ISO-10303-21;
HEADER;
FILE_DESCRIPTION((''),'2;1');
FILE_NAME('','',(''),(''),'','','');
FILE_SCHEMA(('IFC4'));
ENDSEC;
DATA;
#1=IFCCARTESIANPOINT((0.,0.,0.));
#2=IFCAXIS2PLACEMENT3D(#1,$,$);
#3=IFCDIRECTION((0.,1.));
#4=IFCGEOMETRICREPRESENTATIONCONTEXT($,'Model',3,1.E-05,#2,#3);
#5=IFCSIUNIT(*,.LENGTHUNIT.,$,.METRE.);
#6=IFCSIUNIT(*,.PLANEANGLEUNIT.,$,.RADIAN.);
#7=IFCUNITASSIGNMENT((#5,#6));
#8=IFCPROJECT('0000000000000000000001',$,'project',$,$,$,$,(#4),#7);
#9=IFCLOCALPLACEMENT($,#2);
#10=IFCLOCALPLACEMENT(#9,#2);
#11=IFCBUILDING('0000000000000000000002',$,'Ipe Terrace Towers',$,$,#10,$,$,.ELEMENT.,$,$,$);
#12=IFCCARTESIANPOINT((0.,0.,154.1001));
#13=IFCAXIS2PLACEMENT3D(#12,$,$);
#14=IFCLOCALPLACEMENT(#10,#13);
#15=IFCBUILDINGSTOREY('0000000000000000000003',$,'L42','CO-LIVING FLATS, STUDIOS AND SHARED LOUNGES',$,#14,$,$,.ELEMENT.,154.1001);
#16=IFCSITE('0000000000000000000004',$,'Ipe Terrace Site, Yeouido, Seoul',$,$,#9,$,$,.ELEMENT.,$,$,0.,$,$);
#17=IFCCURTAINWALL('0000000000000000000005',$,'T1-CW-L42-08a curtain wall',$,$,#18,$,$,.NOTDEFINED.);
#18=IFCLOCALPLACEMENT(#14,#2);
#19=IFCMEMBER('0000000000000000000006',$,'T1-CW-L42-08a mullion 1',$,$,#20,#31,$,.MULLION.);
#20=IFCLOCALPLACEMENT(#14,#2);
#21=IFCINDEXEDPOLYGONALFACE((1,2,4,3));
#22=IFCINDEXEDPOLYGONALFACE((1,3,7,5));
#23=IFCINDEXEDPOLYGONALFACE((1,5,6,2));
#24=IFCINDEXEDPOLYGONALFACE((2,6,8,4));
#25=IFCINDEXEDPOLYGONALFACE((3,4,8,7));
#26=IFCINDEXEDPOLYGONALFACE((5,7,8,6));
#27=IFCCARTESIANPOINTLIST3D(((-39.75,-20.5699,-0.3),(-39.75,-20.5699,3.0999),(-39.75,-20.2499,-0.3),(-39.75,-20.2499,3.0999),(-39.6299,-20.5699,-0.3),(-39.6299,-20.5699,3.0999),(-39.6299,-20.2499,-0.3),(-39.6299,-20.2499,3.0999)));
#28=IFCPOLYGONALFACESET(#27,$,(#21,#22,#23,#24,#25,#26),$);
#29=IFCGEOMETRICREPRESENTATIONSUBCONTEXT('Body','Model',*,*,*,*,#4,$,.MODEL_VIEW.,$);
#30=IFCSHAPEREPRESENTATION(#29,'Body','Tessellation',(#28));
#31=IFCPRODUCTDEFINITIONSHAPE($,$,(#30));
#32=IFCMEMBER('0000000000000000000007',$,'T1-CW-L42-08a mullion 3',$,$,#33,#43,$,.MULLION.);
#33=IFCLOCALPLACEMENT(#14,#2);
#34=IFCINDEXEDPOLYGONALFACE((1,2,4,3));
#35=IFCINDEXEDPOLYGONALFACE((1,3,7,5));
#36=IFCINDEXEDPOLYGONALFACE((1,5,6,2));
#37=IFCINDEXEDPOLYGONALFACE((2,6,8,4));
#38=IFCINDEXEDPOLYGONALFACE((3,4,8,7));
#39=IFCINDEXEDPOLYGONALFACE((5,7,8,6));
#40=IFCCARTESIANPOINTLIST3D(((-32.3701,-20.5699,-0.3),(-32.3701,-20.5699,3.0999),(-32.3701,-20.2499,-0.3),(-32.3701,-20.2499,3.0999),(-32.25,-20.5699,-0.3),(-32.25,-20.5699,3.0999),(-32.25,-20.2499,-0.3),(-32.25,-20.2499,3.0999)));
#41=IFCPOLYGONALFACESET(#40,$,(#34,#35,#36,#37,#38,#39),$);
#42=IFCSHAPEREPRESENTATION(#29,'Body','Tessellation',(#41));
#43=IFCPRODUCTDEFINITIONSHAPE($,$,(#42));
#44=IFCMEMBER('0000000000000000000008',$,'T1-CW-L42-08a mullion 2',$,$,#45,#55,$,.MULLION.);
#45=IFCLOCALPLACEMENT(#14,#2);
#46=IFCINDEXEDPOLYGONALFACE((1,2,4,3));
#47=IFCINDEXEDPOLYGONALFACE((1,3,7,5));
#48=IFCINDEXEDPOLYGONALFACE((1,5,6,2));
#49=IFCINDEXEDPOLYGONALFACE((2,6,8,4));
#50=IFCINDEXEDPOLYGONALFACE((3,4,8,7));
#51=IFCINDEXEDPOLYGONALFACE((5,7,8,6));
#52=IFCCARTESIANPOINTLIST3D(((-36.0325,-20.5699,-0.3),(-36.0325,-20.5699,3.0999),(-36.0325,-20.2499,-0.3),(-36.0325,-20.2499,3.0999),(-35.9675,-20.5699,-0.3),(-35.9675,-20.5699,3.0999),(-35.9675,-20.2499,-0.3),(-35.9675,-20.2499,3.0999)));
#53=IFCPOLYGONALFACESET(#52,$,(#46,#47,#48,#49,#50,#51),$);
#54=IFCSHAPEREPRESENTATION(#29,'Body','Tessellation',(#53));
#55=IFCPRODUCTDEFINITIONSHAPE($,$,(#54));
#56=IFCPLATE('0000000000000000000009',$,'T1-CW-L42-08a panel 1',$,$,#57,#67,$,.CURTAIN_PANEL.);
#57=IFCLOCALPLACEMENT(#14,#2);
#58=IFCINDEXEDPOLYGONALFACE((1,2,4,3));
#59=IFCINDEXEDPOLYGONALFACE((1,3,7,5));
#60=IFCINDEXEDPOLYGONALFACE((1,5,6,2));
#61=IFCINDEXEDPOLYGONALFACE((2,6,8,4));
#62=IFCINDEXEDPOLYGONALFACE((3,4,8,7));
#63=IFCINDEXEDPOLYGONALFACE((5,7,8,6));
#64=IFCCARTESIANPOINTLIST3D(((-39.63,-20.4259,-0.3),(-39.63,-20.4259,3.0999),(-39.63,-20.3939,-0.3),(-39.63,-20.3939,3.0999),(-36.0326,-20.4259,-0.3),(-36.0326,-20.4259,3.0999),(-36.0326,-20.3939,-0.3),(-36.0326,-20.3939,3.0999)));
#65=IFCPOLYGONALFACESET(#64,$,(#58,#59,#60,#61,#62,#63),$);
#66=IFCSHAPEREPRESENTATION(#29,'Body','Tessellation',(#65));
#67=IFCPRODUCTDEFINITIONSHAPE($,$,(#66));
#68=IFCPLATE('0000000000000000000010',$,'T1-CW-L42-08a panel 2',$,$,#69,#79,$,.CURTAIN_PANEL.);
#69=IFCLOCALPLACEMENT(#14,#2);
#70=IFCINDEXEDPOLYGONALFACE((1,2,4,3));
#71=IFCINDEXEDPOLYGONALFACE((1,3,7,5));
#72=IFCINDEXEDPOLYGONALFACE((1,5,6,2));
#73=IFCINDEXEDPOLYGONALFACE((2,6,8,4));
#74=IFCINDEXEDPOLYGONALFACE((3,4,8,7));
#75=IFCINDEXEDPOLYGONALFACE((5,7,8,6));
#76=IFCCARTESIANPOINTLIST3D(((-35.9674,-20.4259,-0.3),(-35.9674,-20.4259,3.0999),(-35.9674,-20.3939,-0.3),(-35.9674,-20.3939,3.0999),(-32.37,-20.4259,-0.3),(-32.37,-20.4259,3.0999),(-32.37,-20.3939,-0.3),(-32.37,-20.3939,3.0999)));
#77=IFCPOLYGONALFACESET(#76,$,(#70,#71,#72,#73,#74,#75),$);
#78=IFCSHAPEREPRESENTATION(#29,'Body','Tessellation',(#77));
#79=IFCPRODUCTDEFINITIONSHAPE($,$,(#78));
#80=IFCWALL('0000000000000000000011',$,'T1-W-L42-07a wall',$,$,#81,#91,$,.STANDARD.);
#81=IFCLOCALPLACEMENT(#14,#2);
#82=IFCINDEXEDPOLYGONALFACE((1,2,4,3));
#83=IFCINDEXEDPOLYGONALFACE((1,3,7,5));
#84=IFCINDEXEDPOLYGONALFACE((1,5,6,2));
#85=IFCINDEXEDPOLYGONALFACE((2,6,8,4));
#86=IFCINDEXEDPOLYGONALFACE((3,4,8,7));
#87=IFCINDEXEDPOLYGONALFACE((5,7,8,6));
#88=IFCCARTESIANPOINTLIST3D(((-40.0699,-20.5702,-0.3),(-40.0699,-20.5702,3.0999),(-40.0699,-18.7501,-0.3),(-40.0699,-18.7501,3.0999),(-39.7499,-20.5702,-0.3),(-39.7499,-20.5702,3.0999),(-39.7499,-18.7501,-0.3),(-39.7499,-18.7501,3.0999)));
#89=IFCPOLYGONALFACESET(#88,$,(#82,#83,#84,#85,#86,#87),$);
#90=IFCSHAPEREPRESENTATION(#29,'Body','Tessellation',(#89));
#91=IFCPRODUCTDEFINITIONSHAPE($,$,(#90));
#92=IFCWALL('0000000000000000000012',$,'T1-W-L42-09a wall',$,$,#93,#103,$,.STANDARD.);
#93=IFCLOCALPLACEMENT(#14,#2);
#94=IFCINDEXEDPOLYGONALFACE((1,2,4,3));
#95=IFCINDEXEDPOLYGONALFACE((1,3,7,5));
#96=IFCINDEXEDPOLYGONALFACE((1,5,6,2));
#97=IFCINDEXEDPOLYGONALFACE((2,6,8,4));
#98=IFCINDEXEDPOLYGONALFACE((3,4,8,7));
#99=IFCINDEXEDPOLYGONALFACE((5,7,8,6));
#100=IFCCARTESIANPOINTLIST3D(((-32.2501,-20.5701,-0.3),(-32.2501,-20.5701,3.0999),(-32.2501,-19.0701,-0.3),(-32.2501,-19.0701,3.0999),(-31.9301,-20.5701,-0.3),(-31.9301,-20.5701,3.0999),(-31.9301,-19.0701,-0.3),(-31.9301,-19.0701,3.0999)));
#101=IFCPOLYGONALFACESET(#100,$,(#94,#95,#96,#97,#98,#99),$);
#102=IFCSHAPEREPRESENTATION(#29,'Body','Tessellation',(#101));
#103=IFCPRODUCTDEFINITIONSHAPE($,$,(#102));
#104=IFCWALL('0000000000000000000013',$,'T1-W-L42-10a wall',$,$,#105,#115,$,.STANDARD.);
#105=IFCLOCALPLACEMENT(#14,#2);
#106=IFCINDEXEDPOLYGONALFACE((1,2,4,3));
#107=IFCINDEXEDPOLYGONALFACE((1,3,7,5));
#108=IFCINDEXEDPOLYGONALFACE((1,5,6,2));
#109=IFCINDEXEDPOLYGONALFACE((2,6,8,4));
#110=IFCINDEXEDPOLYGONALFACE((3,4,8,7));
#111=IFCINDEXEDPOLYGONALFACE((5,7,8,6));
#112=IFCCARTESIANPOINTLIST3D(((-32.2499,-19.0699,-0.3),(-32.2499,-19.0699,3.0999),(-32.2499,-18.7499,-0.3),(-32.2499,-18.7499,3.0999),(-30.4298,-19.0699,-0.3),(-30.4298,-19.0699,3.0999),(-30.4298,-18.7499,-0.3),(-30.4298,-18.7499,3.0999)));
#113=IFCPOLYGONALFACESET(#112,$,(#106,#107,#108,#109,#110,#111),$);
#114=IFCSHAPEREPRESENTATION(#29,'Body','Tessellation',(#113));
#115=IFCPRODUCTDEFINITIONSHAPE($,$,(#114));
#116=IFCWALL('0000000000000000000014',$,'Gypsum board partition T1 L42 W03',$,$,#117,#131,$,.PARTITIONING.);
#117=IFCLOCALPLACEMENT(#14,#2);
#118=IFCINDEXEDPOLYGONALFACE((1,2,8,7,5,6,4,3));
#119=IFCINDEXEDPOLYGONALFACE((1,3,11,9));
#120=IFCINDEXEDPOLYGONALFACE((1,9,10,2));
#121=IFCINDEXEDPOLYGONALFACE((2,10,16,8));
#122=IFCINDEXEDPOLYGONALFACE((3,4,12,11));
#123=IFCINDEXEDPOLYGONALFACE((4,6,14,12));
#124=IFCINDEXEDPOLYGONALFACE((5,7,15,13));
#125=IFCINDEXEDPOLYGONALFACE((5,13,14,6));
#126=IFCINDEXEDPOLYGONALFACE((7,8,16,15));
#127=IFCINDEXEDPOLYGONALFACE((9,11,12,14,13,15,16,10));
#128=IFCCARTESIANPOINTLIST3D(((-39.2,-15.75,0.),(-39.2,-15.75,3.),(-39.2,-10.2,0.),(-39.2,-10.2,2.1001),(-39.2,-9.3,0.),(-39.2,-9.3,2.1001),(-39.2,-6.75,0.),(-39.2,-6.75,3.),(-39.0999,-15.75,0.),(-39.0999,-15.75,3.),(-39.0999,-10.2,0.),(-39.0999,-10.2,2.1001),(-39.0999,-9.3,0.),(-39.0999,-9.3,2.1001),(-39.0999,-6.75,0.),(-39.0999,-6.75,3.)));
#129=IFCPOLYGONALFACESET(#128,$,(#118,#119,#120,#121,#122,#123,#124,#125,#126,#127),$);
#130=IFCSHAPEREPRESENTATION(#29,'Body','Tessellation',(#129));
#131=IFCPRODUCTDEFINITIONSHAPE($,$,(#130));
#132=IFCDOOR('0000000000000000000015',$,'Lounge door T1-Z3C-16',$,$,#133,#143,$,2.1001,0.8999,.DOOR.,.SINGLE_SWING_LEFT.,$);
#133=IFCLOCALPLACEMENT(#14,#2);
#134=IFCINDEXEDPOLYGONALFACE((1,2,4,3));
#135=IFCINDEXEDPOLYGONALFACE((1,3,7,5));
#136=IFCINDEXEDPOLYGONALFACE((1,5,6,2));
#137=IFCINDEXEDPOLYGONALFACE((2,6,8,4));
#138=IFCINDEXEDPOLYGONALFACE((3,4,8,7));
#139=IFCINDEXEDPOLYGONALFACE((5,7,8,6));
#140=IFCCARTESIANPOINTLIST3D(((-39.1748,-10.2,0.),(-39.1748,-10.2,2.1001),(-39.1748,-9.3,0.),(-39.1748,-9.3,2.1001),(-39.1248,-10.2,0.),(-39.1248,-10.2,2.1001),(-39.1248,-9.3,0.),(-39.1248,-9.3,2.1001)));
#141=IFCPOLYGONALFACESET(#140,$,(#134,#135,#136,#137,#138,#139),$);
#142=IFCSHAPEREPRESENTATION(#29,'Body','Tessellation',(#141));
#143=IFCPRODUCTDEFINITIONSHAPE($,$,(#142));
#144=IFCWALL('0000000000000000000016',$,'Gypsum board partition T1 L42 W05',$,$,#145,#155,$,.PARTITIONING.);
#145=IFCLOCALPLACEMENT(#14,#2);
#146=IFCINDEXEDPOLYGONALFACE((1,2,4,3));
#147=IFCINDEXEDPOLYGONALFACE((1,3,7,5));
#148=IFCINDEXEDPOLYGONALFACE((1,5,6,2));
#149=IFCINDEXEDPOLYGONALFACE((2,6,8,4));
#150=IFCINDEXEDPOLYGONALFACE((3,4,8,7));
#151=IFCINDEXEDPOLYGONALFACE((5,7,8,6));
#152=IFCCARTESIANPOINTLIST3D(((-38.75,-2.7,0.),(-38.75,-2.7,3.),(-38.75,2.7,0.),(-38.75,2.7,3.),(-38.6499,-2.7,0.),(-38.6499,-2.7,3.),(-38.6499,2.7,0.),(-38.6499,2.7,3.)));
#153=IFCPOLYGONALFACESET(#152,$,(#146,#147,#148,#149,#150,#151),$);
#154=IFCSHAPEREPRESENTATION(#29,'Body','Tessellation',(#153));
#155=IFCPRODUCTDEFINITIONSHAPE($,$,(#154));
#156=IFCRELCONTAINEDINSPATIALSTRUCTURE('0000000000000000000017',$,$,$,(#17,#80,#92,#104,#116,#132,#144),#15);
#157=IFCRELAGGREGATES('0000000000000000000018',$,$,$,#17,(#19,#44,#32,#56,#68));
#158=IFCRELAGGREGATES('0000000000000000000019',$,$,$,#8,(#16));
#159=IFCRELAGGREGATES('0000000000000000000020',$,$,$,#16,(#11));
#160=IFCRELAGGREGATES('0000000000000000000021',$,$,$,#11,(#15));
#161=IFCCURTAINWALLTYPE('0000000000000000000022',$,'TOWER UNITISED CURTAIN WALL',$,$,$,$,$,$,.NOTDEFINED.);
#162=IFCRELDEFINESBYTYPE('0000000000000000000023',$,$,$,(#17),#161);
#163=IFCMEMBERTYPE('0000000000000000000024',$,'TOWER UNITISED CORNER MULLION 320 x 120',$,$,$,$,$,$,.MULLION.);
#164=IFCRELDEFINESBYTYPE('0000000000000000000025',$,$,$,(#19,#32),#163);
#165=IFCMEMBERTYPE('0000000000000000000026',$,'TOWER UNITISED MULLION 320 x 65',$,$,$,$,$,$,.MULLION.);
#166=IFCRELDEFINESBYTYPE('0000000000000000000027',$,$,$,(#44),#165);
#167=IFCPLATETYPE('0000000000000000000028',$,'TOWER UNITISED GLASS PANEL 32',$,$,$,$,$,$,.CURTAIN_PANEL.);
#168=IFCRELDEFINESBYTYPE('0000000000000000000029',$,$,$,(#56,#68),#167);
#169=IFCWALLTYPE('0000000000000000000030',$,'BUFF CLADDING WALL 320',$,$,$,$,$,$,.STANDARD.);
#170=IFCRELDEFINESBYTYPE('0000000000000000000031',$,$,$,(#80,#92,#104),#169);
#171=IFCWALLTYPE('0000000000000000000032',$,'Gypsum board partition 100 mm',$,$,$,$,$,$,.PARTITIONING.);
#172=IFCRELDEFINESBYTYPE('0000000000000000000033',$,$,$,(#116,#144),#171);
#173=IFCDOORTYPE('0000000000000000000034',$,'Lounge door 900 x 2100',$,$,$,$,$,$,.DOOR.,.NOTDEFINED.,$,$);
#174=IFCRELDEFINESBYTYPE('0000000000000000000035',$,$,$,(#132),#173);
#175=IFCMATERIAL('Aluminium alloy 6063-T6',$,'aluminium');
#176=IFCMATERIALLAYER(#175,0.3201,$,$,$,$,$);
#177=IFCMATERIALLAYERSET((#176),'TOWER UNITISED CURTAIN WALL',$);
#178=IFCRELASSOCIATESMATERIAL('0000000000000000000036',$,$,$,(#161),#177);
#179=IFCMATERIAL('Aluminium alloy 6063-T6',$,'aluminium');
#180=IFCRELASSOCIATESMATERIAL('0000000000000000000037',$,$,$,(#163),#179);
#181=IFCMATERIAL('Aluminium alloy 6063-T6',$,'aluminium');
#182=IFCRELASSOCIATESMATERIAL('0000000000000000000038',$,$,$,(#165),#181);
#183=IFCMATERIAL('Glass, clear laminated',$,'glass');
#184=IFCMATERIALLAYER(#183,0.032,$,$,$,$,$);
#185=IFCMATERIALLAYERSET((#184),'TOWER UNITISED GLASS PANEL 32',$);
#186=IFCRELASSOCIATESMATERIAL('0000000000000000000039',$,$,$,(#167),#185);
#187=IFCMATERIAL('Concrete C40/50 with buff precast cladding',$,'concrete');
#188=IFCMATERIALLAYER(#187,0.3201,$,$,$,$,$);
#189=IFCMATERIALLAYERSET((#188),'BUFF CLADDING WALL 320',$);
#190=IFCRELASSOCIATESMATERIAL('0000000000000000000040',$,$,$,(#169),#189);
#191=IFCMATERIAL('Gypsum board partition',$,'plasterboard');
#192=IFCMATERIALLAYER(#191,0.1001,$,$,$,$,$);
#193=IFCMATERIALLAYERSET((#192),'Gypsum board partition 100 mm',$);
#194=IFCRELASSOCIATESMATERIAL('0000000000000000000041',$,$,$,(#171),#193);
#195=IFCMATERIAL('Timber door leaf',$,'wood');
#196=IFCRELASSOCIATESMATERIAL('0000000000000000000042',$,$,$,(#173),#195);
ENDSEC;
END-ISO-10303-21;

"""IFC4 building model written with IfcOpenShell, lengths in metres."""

from ifc_helpers import new_model, si_unit, direction, frame, frame_2d, origin, origin_2d, place, context, subcontext, project, spatial, rectangle, extrude, material, layer, layer_set, material_profile, profile_set, type_object, element, fill, aggregate, save


model = new_model("IFC4")

# Units and contexts
model_context = context("Model", 3, precision=1e-05, world=origin(), true_north=direction((0.0, 1.0)))
body_context = subcontext(model_context, "Body", "Model", "MODEL_VIEW")
ifc_project = project(units=[si_unit("LENGTHUNIT", "METRE"), si_unit("PLANEANGLEUNIT", "RADIAN")], contexts=[model_context])

# Site, building, storey
site_placement = place(None, origin())
site = spatial("IfcSite", under=ifc_project, at=site_placement, Name="Ipe Terrace Site, Yeouido, Seoul", CompositionType="ELEMENT", RefElevation=0.0)
building_placement = place(site_placement, origin())
building = spatial("IfcBuilding", under=site, at=building_placement, Name="Ipe Terrace Towers", CompositionType="ELEMENT")
storey_placement = place(building_placement, frame((0.0, 0.0, 154.1001)))
storey = spatial("IfcBuildingStorey", under=building, at=storey_placement, Name="L42", Description="CO-LIVING FLATS, STUDIOS AND SHARED LOUNGES", CompositionType="ELEMENT", Elevation=154.1001)

# Curtain wall, members, plates
ifc_material_1 = material(Name="Aluminium alloy 6063-T6", Category="aluminium")
ifc_layer_1 = layer(ifc_material_1, 0.3201)
ifc_layer_set_1 = layer_set([ifc_layer_1], Name="TOWER UNITISED CURTAIN WALL")
curtain_wall_type = type_object("IfcCurtainWallType", Name="TOWER UNITISED CURTAIN WALL", PredefinedType="NOTDEFINED", material=ifc_layer_set_1)
curtain_wall_placement = place(storey_placement, origin())
curtain_wall = element("IfcCurtainWall", 1, at=curtain_wall_placement, inside=storey, type_object=curtain_wall_type, Name="T1-CW-L42-08a curtain wall", PredefinedType="NOTDEFINED")
ifc_material_2 = material(Name="Aluminium alloy 6063-T6", Category="aluminium")
ifc_material_profile_1 = material_profile(ifc_material_2, rectangle(XDim=0.3201, YDim=0.1201, at=origin_2d()), Name="TOWER UNITISED CORNER MULLION 320 x 120")
ifc_profile_set_1 = profile_set([ifc_material_profile_1], Name="Aluminium alloy 6063-T6")
member_type_1 = type_object("IfcMemberType", Name="TOWER UNITISED CORNER MULLION 320 x 120", PredefinedType="MULLION", material=ifc_profile_set_1)
member_1_placement = place(storey_placement, frame((-39.6899, -20.4099, -0.3), z_axis=(0.0, 0.0, 1.0), x_axis=(0.0, -1.0, 0.0)))
member_1 = element("IfcMember", 2, at=member_1_placement, type_object=member_type_1, Name="T1-CW-L42-08a mullion 1", PredefinedType="MULLION", context=body_context, shape_type="SweptSolid", body=[
    extrude(rectangle(XDim=0.3201, YDim=0.1201, at=origin_2d()), origin(), (0.0, 0.0, 1.0), 3.3999),
])
member_2_placement = place(storey_placement, frame((-32.3101, -20.4099, -0.3), z_axis=(0.0, 0.0, 1.0), x_axis=(0.0, -1.0, 0.0)))
member_2 = element("IfcMember", 3, at=member_2_placement, type_object=member_type_1, Name="T1-CW-L42-08a mullion 3", PredefinedType="MULLION", context=body_context, shape_type="SweptSolid", body=[
    extrude(rectangle(XDim=0.3201, YDim=0.1201, at=origin_2d()), origin(), (0.0, 0.0, 1.0), 3.3999),
])
ifc_material_3 = material(Name="Aluminium alloy 6063-T6", Category="aluminium")
ifc_material_profile_2 = material_profile(ifc_material_3, rectangle(XDim=0.3201, YDim=0.0649, at=origin_2d()), Name="TOWER UNITISED MULLION 320 x 65")
ifc_profile_set_2 = profile_set([ifc_material_profile_2], Name="Aluminium alloy 6063-T6")
member_type_2 = type_object("IfcMemberType", Name="TOWER UNITISED MULLION 320 x 65", PredefinedType="MULLION", material=ifc_profile_set_2)
member_3_placement = place(storey_placement, frame((-36.0, -20.4099, -0.3), z_axis=(0.0, 0.0, 1.0), x_axis=(0.0, -1.0, 0.0)))
member_3 = element("IfcMember", 4, at=member_3_placement, type_object=member_type_2, Name="T1-CW-L42-08a mullion 2", PredefinedType="MULLION", context=body_context, shape_type="SweptSolid", body=[
    extrude(rectangle(XDim=0.3201, YDim=0.0649, at=origin_2d()), origin(), (0.0, 0.0, 1.0), 3.3999),
])
ifc_material_4 = material(Name="Glass, clear laminated", Category="glass")
ifc_layer_2 = layer(ifc_material_4, 0.032)
ifc_layer_set_2 = layer_set([ifc_layer_2], Name="TOWER UNITISED GLASS PANEL 32")
plate_type = type_object("IfcPlateType", Name="TOWER UNITISED GLASS PANEL 32", PredefinedType="CURTAIN_PANEL", material=ifc_layer_set_2)
plate_1_placement = place(storey_placement, frame((-37.8313, -20.4099, -0.3), z_axis=(0.0, 0.0, 1.0), x_axis=(1.0, 0.0, 0.0)))
plate_1 = element("IfcPlate", 5, at=plate_1_placement, type_object=plate_type, Name="T1-CW-L42-08a panel 1", PredefinedType="CURTAIN_PANEL", context=body_context, shape_type="SweptSolid", body=[
    extrude(rectangle(XDim=3.5974, YDim=0.032, at=origin_2d()), origin(), (0.0, 0.0, 1.0), 3.3999),
])
plate_2_placement = place(storey_placement, frame((-34.1687, -20.4099, -0.3), z_axis=(0.0, 0.0, 1.0), x_axis=(1.0, 0.0, 0.0)))
plate_2 = element("IfcPlate", 6, at=plate_2_placement, type_object=plate_type, Name="T1-CW-L42-08a panel 2", PredefinedType="CURTAIN_PANEL", context=body_context, shape_type="SweptSolid", body=[
    extrude(rectangle(XDim=3.5974, YDim=0.032, at=origin_2d()), origin(), (0.0, 0.0, 1.0), 3.3999),
])
aggregate(curtain_wall, [member_1, member_3, member_2, plate_1, plate_2])

# Walls
ifc_material_5 = material(Name="Concrete C40/50 with buff precast cladding", Category="concrete")
ifc_layer_3 = layer(ifc_material_5, 0.3201)
ifc_layer_set_3 = layer_set([ifc_layer_3], Name="BUFF CLADDING WALL 320")
wall_type_1 = type_object("IfcWallType", Name="BUFF CLADDING WALL 320", PredefinedType="STANDARD", material=ifc_layer_set_3)
wall_1_placement = place(storey_placement, frame((-39.9099, -18.75, -0.3), z_axis=(0.0, 0.0, 1.0), x_axis=(0.0, -1.0, 0.0)))
element("IfcWall", 7, at=wall_1_placement, inside=storey, type_object=wall_type_1, Name="T1-W-L42-07a wall", PredefinedType="STANDARD", context=body_context, shape_type="SweptSolid", body=[
    extrude(rectangle(XDim=1.8201, YDim=0.3201, at=frame_2d((0.9102, 0.0))), origin(), (0.0, 0.0, 1.0), 3.3999),
])
wall_2_placement = place(storey_placement, frame((-32.0901, -20.5701, -0.3), z_axis=(0.0, 0.0, 1.0), x_axis=(0.0, 1.0, 0.0)))
element("IfcWall", 8, at=wall_2_placement, inside=storey, type_object=wall_type_1, Name="T1-W-L42-09a wall", PredefinedType="STANDARD", context=body_context, shape_type="SweptSolid", body=[
    extrude(rectangle(XDim=1.5, YDim=0.3201, at=frame_2d((0.75, 0.0))), origin(), (0.0, 0.0, 1.0), 3.3999),
])
wall_3_placement = place(storey_placement, frame((-32.25, -18.9099, -0.3), z_axis=(0.0, 0.0, 1.0), x_axis=(1.0, 0.0, 0.0)))
element("IfcWall", 9, at=wall_3_placement, inside=storey, type_object=wall_type_1, Name="T1-W-L42-10a wall", PredefinedType="STANDARD", context=body_context, shape_type="SweptSolid", body=[
    extrude(rectangle(XDim=1.8201, YDim=0.3201, at=frame_2d((0.9102, 0.0))), origin(), (0.0, 0.0, 1.0), 3.3999),
])

# Wall, opening, door
ifc_material_6 = material(Name="Gypsum board partition", Category="plasterboard")
ifc_layer_4 = layer(ifc_material_6, 0.1001)
ifc_layer_set_4 = layer_set([ifc_layer_4], Name="Gypsum board partition 100 mm")
wall_type_2 = type_object("IfcWallType", Name="Gypsum board partition 100 mm", PredefinedType="PARTITIONING", material=ifc_layer_set_4)
wall_4_placement = place(storey_placement, frame((-39.1499, -15.75, 0.0), z_axis=(0.0, 0.0, 1.0), x_axis=(0.0, 1.0, 0.0)))
wall_4 = element("IfcWall", 10, at=wall_4_placement, inside=storey, type_object=wall_type_2, Name="Gypsum board partition T1 L42 W03", PredefinedType="PARTITIONING", context=body_context, shape_type="SweptSolid", body=[
    extrude(rectangle(XDim=9.0, YDim=0.1001, at=frame_2d((4.5, 0.0))), origin(), (0.0, 0.0, 1.0), 3.0),
])
opening_1_placement = place(wall_4_placement, frame((5.55, 0.0, 0.0)))
opening_1 = element("IfcOpeningElement", 11, at=opening_1_placement, cuts=wall_4, PredefinedType="OPENING", context=body_context, shape_type="SweptSolid", body=[
    extrude(rectangle(XDim=0.8999, YDim=2.1001, at=frame_2d((0.45, 1.05))), frame((0.0, 0.0601, 0.0), z_axis=(0.0, -1.0, 0.0), x_axis=(1.0, 0.0, 0.0)), (0.0, 0.0, 1.0), 0.1201),
])
ifc_material_7 = material(Name="Timber door leaf", Category="wood")
door_type_1 = type_object("IfcDoorType", Name="Lounge door 900 x 2100", OperationType="NOTDEFINED", PredefinedType="DOOR", material=ifc_material_7)
door_1_placement = place(opening_1_placement, origin())
door_1 = element("IfcDoor", 12, at=door_1_placement, inside=storey, type_object=door_type_1, Name="Lounge door T1-Z3C-16", OperationType="SINGLE_SWING_LEFT", OverallHeight=2.1001, OverallWidth=0.8999, PredefinedType="DOOR", context=body_context, shape_type="SweptSolid", body=[
    extrude(rectangle(XDim=0.8999, YDim=2.1001, at=frame_2d((0.45, 1.05))), frame((0.0, 0.0249, 0.0), z_axis=(0.0, -1.0, 0.0), x_axis=(1.0, 0.0, 0.0)), (0.0, 0.0, 1.0), 0.05),
])
fill(opening_1, door_1)

# Wall
wall_5_placement = place(storey_placement, frame((-38.7, -2.7, 0.0), z_axis=(0.0, 0.0, 1.0), x_axis=(0.0, 1.0, 0.0)))
element("IfcWall", 13, at=wall_5_placement, inside=storey, type_object=wall_type_2, Name="Gypsum board partition T1 L42 W05", PredefinedType="PARTITIONING", context=body_context, shape_type="SweptSolid", body=[
    extrude(rectangle(XDim=5.3999, YDim=0.1001, at=frame_2d((2.7, 0.0))), origin(), (0.0, 0.0, 1.0), 3.0),
])

save(model, "model.ifc")
